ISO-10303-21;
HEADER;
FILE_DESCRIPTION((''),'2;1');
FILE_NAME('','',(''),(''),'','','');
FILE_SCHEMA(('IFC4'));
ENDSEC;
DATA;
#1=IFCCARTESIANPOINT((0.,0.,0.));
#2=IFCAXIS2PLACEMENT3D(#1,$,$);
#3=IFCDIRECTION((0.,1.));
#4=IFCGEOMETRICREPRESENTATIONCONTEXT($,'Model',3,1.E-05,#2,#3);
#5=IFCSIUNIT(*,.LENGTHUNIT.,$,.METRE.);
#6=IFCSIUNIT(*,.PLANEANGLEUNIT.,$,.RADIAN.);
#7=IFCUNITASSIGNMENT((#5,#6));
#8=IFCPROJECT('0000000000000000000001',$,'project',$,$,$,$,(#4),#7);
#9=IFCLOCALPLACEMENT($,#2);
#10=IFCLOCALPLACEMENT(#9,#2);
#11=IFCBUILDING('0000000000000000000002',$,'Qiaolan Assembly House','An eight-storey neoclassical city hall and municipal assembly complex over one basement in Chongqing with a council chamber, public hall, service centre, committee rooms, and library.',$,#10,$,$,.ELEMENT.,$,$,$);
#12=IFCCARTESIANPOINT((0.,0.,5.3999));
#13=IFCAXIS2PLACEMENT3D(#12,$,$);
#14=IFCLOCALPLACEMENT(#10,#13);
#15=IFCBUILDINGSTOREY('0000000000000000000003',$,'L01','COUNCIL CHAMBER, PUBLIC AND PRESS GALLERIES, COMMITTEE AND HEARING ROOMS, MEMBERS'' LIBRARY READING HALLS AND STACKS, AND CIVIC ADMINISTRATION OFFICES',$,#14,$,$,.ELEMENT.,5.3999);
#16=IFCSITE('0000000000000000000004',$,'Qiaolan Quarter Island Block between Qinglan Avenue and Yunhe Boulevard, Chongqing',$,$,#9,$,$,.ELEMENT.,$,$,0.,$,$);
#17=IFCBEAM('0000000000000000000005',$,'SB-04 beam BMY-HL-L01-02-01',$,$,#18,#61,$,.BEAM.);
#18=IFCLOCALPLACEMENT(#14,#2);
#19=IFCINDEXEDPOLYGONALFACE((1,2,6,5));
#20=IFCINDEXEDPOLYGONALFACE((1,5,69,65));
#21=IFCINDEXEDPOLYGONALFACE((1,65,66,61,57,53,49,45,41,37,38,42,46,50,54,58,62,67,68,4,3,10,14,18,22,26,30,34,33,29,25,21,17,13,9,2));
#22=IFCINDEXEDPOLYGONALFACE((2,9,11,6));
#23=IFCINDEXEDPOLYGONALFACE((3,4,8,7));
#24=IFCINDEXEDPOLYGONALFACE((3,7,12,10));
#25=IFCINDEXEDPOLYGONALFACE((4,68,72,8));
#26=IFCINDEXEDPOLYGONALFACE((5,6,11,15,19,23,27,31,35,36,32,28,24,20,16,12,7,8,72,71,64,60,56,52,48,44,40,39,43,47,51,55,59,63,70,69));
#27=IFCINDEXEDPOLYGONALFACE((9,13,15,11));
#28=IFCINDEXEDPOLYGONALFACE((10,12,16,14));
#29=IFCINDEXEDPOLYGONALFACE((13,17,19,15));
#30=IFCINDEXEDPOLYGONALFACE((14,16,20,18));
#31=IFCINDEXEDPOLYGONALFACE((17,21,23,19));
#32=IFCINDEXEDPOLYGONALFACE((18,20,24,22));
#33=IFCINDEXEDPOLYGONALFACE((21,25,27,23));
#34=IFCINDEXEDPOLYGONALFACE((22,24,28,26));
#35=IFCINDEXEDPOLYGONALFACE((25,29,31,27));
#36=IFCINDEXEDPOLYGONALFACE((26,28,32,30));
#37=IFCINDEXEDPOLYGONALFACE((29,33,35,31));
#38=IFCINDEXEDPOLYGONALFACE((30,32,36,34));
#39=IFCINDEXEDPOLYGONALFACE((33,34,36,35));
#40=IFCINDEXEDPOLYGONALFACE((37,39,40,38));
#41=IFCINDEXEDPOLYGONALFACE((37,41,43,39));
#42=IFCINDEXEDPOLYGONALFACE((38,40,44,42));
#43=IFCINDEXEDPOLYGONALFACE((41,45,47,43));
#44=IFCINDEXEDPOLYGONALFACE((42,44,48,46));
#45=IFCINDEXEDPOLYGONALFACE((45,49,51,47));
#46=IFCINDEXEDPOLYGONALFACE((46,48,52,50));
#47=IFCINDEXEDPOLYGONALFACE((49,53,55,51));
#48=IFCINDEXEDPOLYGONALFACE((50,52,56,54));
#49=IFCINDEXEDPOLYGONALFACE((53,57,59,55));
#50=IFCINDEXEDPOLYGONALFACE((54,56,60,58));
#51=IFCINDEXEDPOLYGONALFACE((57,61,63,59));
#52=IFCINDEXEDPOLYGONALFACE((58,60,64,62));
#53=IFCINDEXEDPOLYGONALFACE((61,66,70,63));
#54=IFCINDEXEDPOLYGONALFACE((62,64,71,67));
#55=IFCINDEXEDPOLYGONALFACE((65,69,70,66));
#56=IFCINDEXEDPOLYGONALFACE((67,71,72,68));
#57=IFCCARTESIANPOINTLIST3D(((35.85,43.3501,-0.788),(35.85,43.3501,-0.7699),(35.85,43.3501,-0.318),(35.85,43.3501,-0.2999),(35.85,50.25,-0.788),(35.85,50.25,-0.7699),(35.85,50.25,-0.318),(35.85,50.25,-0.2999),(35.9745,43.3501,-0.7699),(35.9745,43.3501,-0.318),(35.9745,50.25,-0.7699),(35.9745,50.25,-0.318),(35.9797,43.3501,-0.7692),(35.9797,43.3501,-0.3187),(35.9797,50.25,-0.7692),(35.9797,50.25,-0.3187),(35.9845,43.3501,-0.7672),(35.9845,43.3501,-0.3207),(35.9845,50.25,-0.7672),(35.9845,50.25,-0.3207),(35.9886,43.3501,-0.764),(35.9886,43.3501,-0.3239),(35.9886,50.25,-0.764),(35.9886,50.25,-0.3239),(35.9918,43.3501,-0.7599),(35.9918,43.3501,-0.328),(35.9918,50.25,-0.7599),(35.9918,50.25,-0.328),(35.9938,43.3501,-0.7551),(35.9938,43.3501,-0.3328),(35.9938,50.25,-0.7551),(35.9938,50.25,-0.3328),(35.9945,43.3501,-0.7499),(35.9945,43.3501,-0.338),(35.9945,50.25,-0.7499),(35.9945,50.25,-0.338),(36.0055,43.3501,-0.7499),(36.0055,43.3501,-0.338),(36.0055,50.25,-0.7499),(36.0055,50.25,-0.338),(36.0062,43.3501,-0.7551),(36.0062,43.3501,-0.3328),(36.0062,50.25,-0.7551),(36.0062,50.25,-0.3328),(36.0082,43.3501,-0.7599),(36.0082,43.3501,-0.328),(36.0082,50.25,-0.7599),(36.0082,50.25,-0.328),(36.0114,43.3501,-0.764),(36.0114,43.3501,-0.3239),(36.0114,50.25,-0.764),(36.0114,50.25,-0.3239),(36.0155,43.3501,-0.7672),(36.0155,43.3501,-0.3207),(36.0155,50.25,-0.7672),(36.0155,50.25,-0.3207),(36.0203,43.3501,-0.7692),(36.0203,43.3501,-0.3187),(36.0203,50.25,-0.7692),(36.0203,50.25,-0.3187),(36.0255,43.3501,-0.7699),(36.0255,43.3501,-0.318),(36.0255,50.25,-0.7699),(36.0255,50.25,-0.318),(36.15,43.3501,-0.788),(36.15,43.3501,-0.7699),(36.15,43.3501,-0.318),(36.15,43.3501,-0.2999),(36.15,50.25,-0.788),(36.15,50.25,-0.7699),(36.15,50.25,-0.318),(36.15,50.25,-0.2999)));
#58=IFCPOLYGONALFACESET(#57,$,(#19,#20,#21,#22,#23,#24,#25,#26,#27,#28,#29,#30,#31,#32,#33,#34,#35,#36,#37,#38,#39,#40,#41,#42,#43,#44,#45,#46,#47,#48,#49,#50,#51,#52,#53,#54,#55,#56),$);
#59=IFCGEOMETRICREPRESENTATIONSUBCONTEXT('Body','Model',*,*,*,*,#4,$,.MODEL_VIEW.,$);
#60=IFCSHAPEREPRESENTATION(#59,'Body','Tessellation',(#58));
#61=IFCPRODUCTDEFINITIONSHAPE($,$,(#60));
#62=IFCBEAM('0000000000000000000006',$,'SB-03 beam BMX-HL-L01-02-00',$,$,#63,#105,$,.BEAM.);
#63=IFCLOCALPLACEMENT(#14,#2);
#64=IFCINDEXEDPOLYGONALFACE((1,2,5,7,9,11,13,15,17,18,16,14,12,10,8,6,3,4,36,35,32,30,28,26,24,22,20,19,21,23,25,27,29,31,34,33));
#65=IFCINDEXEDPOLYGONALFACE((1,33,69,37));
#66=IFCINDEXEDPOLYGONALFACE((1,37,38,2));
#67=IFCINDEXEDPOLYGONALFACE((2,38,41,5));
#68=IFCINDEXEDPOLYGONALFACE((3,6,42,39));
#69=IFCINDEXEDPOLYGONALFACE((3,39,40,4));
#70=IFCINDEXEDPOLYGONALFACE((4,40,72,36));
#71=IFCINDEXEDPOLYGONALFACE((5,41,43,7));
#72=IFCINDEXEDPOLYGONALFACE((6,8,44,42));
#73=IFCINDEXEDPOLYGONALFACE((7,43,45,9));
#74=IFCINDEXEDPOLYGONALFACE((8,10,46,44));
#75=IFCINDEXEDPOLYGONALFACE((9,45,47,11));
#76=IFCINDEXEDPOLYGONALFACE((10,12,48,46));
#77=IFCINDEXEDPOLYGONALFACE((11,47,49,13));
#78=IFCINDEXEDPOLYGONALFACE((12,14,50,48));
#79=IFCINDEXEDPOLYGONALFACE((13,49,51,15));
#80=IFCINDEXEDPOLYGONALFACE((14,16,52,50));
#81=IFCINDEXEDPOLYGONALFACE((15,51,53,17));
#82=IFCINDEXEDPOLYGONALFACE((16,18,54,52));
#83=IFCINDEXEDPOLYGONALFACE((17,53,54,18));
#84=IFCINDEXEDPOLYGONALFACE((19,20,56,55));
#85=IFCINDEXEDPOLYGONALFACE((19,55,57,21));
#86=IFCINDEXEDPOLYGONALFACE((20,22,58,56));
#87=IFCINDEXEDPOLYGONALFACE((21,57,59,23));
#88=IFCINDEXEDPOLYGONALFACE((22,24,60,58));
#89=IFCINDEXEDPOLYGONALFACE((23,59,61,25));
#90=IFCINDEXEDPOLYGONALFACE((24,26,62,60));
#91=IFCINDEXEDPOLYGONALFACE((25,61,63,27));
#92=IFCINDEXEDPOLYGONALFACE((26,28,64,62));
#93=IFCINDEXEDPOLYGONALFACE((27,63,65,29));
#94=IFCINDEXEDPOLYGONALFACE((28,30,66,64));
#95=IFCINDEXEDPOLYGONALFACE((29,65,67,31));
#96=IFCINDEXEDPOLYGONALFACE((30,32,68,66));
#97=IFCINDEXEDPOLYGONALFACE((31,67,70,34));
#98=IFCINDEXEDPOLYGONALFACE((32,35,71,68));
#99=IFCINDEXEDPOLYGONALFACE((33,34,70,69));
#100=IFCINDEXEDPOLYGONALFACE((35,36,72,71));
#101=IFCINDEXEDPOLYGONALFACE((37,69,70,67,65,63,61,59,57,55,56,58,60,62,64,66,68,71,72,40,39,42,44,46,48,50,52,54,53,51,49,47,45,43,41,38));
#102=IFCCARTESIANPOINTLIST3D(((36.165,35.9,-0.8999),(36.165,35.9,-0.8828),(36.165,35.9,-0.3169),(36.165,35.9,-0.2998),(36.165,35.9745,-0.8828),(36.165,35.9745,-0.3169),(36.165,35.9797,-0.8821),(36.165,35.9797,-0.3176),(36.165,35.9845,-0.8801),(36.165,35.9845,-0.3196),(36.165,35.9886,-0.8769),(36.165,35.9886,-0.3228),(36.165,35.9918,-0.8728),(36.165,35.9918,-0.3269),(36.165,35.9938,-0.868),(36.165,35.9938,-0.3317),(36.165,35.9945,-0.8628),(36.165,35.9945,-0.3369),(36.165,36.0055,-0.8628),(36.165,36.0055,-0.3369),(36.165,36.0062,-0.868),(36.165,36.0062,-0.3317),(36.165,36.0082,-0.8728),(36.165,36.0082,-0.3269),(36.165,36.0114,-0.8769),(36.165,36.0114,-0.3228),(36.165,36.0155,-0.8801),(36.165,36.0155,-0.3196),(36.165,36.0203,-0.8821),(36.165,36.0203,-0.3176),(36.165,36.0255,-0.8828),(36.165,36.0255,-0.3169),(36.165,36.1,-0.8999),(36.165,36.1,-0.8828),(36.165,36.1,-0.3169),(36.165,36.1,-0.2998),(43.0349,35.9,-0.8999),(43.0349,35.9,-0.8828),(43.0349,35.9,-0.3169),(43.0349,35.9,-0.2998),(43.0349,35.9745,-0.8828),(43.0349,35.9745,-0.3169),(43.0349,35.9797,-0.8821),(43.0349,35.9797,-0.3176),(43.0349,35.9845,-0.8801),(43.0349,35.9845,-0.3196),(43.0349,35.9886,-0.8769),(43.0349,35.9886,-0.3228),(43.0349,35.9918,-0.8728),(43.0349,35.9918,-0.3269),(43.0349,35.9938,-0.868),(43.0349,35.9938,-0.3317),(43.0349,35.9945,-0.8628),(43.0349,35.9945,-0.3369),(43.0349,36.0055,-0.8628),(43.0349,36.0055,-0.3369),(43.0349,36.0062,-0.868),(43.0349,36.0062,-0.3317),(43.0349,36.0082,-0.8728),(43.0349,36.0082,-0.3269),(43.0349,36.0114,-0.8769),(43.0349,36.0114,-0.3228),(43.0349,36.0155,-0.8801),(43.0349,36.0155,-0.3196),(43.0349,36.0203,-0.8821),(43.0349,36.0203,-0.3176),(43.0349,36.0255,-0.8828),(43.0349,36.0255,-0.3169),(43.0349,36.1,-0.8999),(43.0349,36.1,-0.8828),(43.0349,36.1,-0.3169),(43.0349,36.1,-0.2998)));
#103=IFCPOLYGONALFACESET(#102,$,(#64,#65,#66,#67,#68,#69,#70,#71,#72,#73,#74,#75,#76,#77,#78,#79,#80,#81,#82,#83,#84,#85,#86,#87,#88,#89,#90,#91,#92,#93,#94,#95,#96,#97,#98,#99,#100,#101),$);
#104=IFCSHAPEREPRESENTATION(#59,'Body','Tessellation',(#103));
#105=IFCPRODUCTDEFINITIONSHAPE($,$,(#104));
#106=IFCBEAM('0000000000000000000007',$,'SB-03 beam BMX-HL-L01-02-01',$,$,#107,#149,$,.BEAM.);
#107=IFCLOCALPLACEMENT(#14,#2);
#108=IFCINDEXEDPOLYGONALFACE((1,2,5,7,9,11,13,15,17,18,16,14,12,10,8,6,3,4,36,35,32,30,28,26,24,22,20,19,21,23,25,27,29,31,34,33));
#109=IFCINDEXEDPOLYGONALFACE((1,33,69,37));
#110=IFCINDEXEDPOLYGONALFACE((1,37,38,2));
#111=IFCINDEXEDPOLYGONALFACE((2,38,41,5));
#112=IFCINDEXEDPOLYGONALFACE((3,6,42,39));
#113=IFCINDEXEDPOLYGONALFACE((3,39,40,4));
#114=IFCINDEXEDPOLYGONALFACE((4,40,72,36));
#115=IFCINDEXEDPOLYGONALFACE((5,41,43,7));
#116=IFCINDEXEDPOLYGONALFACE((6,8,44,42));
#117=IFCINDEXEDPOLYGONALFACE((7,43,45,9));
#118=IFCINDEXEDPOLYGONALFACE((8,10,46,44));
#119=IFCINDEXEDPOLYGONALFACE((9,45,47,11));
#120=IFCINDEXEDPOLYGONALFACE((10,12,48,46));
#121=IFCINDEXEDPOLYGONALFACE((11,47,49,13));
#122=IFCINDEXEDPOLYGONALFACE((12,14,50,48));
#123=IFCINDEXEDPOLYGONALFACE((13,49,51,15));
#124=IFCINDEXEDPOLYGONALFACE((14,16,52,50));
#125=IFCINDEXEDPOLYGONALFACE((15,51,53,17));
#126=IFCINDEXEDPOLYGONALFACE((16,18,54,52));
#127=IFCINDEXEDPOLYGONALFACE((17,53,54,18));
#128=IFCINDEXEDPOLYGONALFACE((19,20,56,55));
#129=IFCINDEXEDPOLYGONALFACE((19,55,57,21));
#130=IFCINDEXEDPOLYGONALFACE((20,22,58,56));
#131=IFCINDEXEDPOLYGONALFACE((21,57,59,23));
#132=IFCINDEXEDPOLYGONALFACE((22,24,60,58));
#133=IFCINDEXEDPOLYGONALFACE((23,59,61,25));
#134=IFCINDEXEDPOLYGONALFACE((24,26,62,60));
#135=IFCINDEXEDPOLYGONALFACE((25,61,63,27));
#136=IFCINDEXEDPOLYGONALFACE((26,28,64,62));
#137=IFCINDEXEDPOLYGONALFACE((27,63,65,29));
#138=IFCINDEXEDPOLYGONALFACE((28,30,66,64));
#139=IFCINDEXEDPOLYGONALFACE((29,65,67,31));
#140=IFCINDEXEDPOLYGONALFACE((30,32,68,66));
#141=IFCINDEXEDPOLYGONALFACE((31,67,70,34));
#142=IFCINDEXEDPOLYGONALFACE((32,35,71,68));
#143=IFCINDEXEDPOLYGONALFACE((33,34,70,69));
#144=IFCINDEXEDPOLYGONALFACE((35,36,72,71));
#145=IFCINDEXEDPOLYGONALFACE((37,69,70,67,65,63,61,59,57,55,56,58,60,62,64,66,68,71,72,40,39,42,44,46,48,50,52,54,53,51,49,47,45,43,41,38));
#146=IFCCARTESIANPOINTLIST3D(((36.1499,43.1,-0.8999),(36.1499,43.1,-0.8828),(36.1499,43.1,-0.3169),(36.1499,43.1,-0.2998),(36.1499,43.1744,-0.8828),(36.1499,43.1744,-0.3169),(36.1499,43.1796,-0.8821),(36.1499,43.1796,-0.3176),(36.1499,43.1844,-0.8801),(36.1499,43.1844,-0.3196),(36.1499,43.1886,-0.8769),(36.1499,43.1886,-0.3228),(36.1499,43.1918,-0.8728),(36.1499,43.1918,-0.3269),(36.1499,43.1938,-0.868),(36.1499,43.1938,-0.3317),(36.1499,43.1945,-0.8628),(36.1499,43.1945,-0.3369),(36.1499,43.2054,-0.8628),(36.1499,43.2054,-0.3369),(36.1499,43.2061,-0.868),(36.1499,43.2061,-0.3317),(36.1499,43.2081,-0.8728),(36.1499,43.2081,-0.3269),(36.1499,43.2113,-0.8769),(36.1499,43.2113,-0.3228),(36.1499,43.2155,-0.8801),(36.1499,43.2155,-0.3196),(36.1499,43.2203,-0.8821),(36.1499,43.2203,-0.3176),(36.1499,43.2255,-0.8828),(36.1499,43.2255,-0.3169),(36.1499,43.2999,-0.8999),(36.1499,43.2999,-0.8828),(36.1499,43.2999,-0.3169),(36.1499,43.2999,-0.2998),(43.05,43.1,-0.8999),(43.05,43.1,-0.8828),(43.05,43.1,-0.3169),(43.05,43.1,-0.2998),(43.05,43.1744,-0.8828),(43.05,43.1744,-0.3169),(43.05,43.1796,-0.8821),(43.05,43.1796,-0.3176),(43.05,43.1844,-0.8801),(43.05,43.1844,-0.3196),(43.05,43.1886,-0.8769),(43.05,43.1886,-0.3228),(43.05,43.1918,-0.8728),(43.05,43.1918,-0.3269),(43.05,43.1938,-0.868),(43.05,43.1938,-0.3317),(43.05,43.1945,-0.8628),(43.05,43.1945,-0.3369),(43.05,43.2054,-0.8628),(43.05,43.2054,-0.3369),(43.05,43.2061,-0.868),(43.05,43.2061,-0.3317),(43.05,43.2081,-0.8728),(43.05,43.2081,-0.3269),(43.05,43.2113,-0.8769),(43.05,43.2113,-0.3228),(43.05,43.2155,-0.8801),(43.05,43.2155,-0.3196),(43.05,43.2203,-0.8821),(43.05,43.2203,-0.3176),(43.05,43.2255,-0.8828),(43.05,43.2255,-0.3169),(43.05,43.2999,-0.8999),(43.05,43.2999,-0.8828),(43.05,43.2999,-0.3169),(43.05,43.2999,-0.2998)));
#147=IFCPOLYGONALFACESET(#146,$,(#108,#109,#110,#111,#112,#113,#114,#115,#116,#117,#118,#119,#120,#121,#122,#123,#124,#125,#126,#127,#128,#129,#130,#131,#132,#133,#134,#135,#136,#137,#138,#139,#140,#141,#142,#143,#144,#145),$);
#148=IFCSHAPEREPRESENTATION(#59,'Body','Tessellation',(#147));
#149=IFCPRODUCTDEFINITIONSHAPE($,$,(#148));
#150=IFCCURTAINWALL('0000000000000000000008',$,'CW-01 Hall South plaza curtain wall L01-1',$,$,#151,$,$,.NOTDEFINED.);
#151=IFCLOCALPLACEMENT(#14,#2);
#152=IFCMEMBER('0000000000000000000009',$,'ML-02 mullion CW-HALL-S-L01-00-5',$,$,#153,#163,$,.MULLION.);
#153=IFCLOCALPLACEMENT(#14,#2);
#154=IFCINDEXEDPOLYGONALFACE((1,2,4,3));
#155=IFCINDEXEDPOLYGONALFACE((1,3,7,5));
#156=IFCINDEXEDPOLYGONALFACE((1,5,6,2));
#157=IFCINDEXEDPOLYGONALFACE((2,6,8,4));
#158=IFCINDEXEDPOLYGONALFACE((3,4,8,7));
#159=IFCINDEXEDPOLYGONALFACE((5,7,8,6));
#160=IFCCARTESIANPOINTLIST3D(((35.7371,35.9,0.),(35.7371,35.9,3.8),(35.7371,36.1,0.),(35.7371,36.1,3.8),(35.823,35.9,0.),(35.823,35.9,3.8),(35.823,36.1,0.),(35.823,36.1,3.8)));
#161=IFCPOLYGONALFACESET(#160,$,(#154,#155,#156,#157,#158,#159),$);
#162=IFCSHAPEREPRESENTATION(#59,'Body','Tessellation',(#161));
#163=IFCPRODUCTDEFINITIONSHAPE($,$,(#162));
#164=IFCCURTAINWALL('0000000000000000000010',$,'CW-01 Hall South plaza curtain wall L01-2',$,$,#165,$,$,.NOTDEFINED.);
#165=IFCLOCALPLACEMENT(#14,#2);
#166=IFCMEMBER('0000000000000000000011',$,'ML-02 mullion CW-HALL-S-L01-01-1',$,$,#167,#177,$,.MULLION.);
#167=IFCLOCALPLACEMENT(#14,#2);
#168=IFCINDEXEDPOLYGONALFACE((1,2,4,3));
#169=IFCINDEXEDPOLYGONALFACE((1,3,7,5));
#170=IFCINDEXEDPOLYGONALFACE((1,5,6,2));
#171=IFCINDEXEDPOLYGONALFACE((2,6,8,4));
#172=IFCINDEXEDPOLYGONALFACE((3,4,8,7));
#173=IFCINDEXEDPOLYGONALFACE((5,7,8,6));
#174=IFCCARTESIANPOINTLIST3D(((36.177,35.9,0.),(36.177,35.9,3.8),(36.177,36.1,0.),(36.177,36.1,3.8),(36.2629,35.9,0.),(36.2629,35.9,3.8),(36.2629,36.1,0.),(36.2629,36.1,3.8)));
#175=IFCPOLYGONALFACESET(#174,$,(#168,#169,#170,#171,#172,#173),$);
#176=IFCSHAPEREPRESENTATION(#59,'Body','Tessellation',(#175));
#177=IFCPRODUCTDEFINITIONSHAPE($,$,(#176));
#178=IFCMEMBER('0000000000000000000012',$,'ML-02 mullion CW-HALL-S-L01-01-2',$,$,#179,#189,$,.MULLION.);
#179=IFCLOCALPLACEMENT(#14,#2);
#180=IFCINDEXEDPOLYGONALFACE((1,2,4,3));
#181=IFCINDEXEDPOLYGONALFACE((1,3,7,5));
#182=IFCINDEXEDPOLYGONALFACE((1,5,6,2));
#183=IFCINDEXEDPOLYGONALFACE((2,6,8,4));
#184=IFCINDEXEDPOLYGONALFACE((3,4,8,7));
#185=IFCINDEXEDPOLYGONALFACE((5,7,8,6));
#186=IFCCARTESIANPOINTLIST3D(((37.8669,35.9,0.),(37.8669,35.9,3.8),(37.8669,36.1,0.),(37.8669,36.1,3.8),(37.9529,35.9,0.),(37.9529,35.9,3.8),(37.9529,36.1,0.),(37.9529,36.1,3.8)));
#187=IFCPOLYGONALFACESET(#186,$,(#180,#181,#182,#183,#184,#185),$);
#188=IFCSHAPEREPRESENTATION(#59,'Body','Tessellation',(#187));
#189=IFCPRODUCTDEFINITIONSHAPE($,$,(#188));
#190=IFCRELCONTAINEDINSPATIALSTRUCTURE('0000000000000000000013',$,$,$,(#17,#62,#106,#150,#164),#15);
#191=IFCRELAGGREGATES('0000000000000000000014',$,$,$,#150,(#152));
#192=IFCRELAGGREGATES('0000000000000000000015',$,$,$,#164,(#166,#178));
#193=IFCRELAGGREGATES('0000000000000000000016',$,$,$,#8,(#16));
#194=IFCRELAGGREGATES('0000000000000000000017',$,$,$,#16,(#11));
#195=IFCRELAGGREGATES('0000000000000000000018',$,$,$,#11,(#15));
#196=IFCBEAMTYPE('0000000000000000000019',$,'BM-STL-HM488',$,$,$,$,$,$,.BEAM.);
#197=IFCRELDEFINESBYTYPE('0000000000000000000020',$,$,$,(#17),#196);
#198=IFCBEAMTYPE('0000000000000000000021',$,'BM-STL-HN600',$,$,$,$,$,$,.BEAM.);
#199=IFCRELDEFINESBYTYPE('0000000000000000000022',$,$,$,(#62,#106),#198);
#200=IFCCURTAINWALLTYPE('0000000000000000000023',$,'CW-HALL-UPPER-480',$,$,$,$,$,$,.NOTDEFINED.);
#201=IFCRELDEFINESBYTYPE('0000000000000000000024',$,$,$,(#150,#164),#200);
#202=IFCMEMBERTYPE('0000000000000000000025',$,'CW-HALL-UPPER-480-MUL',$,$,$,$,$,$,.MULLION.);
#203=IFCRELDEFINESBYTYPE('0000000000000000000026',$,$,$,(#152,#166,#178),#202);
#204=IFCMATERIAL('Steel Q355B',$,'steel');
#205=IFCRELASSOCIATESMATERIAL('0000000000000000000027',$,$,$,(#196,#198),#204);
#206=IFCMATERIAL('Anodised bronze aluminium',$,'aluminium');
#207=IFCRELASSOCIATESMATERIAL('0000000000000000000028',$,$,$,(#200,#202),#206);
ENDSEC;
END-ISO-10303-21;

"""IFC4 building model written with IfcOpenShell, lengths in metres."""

from ifc_helpers import new_model, si_unit, direction, frame, origin, origin_2d, place, context, subcontext, project, spatial, rectangle, i_section, extrude, material, material_profile, profile_set, type_object, element, aggregate, save


model = new_model("IFC4")

# Units and contexts
model_context = context("Model", 3, precision=1e-05, world=origin(), true_north=direction((0.0, 1.0)))
body_context = subcontext(model_context, "Body", "Model", "MODEL_VIEW")
ifc_project = project(units=[si_unit("LENGTHUNIT", "METRE"), si_unit("PLANEANGLEUNIT", "RADIAN")], contexts=[model_context])

# Site, building, storey
site_placement = place(None, origin())
site = spatial("IfcSite", under=ifc_project, at=site_placement, Name="Qiaolan Quarter Island Block between Qinglan Avenue and Yunhe Boulevard, Chongqing", CompositionType="ELEMENT", RefElevation=0.0)
building_placement = place(site_placement, origin())
building = spatial("IfcBuilding", under=site, at=building_placement, Name="Qiaolan Assembly House", Description="An eight-storey neoclassical city hall and municipal assembly complex over one basement in Chongqing with a council chamber, public hall, service centre, committee rooms, and library.", CompositionType="ELEMENT")
storey_placement = place(building_placement, frame((0.0, 0.0, 5.3999)))
storey = spatial("IfcBuildingStorey", under=building, at=storey_placement, Name="L01", Description="COUNCIL CHAMBER, PUBLIC AND PRESS GALLERIES, COMMITTEE AND HEARING ROOMS, MEMBERS' LIBRARY READING HALLS AND STACKS, AND CIVIC ADMINISTRATION OFFICES", CompositionType="ELEMENT", Elevation=5.3999)

# Shared definitions
ifc_material_1 = material(Name="Steel Q355B", Category="steel")

# Beams
ifc_material_profile_1 = material_profile(ifc_material_1, i_section(OverallWidth=0.3, OverallDepth=0.488, WebThickness=0.011, FlangeThickness=0.0181, FilletRadius=0.02, at=origin_2d()), Name="HM 488x300x11x18")
ifc_profile_set_1 = profile_set([ifc_material_profile_1], Name="Steel Q355B")
beam_type_1 = type_object("IfcBeamType", Name="BM-STL-HM488", PredefinedType="BEAM", material=ifc_profile_set_1)
beam_1_placement = place(storey_placement, frame((36.0, 43.3501, -0.5439), z_axis=(0.0, 1.0, 0.0), x_axis=(-1.0, 0.0, 0.0)))
element("IfcBeam", 1, at=beam_1_placement, inside=storey, type_object=beam_type_1, Name="SB-04 beam BMY-HL-L01-02-01", PredefinedType="BEAM", context=body_context, shape_type="SweptSolid", body=[
    extrude(i_section(OverallWidth=0.3, OverallDepth=0.488, WebThickness=0.011, FlangeThickness=0.0181, FilletRadius=0.02, at=origin_2d()), origin(), (0.0, 0.0, 1.0), 6.8999),
])
ifc_material_profile_2 = material_profile(ifc_material_1, i_section(OverallWidth=0.2, OverallDepth=0.6001, WebThickness=0.011, FlangeThickness=0.0171, FilletRadius=0.02, at=origin_2d()), Name="HN 600x200x11x17")
ifc_profile_set_2 = profile_set([ifc_material_profile_2], Name="Steel Q355B")
beam_type_2 = type_object("IfcBeamType", Name="BM-STL-HN600", PredefinedType="BEAM", material=ifc_profile_set_2)
beam_2_placement = place(storey_placement, frame((36.165, 36.0, -0.5999), z_axis=(1.0, 0.0, 0.0), x_axis=(0.0, 1.0, 0.0)))
element("IfcBeam", 2, at=beam_2_placement, inside=storey, type_object=beam_type_2, Name="SB-03 beam BMX-HL-L01-02-00", PredefinedType="BEAM", context=body_context, shape_type="SweptSolid", body=[
    extrude(i_section(OverallWidth=0.2, OverallDepth=0.6001, WebThickness=0.011, FlangeThickness=0.0171, FilletRadius=0.02, at=origin_2d()), origin(), (0.0, 0.0, 1.0), 6.8699),
])
beam_3_placement = place(storey_placement, frame((36.1499, 43.2, -0.5999), z_axis=(1.0, 0.0, 0.0), x_axis=(0.0, 1.0, 0.0)))
element("IfcBeam", 3, at=beam_3_placement, inside=storey, type_object=beam_type_2, Name="SB-03 beam BMX-HL-L01-02-01", PredefinedType="BEAM", context=body_context, shape_type="SweptSolid", body=[
    extrude(i_section(OverallWidth=0.2, OverallDepth=0.6001, WebThickness=0.011, FlangeThickness=0.0171, FilletRadius=0.02, at=origin_2d()), origin(), (0.0, 0.0, 1.0), 6.9001),
])

# Curtain wall, member
ifc_material_2 = material(Name="Anodised bronze aluminium", Category="aluminium")
curtain_wall_type = type_object("IfcCurtainWallType", Name="CW-HALL-UPPER-480", PredefinedType="NOTDEFINED", material=ifc_material_2)
curtain_wall_1_placement = place(storey_placement, origin())
curtain_wall_1 = element("IfcCurtainWall", 4, at=curtain_wall_1_placement, inside=storey, type_object=curtain_wall_type, Name="CW-01 Hall South plaza curtain wall L01-1", PredefinedType="NOTDEFINED")
ifc_material_profile_3 = material_profile(ifc_material_2, rectangle(XDim=0.0859, YDim=0.2, at=origin_2d()), Name="MUL 86x200")
ifc_profile_set_3 = profile_set([ifc_material_profile_3], Name="Anodised bronze aluminium")
member_type_1 = type_object("IfcMemberType", Name="CW-HALL-UPPER-480-MUL", PredefinedType="MULLION", material=ifc_profile_set_3)
member_1_placement = place(storey_placement, frame((35.78, 36.0, 0.0), z_axis=(0.0, 0.0, 1.0), x_axis=(1.0, 0.0, 0.0)))
member_1 = element("IfcMember", 5, at=member_1_placement, type_object=member_type_1, Name="ML-02 mullion CW-HALL-S-L01-00-5", PredefinedType="MULLION", context=body_context, shape_type="SweptSolid", body=[
    extrude(rectangle(XDim=0.0859, YDim=0.2, at=origin_2d()), origin(), (0.0, 0.0, 1.0), 3.8),
])
aggregate(curtain_wall_1, [member_1])

# Curtain wall, members
curtain_wall_2_placement = place(storey_placement, origin())
curtain_wall_2 = element("IfcCurtainWall", 6, at=curtain_wall_2_placement, inside=storey, type_object=curtain_wall_type, Name="CW-01 Hall South plaza curtain wall L01-2", PredefinedType="NOTDEFINED")
member_2_placement = place(storey_placement, frame((36.22, 36.0, 0.0), z_axis=(0.0, 0.0, 1.0), x_axis=(1.0, 0.0, 0.0)))
member_2 = element("IfcMember", 7, at=member_2_placement, type_object=member_type_1, Name="ML-02 mullion CW-HALL-S-L01-01-1", PredefinedType="MULLION", context=body_context, shape_type="SweptSolid", body=[
    extrude(rectangle(XDim=0.0859, YDim=0.2, at=origin_2d()), origin(), (0.0, 0.0, 1.0), 3.8),
])
member_3_placement = place(storey_placement, frame((37.9099, 36.0, 0.0), z_axis=(0.0, 0.0, 1.0), x_axis=(1.0, 0.0, 0.0)))
member_3 = element("IfcMember", 8, at=member_3_placement, type_object=member_type_1, Name="ML-02 mullion CW-HALL-S-L01-01-2", PredefinedType="MULLION", context=body_context, shape_type="SweptSolid", body=[
    extrude(rectangle(XDim=0.0859, YDim=0.2, at=origin_2d()), origin(), (0.0, 0.0, 1.0), 3.8),
])

aggregate(curtain_wall_2, [member_2, member_3])

save(model, "model.ifc")
